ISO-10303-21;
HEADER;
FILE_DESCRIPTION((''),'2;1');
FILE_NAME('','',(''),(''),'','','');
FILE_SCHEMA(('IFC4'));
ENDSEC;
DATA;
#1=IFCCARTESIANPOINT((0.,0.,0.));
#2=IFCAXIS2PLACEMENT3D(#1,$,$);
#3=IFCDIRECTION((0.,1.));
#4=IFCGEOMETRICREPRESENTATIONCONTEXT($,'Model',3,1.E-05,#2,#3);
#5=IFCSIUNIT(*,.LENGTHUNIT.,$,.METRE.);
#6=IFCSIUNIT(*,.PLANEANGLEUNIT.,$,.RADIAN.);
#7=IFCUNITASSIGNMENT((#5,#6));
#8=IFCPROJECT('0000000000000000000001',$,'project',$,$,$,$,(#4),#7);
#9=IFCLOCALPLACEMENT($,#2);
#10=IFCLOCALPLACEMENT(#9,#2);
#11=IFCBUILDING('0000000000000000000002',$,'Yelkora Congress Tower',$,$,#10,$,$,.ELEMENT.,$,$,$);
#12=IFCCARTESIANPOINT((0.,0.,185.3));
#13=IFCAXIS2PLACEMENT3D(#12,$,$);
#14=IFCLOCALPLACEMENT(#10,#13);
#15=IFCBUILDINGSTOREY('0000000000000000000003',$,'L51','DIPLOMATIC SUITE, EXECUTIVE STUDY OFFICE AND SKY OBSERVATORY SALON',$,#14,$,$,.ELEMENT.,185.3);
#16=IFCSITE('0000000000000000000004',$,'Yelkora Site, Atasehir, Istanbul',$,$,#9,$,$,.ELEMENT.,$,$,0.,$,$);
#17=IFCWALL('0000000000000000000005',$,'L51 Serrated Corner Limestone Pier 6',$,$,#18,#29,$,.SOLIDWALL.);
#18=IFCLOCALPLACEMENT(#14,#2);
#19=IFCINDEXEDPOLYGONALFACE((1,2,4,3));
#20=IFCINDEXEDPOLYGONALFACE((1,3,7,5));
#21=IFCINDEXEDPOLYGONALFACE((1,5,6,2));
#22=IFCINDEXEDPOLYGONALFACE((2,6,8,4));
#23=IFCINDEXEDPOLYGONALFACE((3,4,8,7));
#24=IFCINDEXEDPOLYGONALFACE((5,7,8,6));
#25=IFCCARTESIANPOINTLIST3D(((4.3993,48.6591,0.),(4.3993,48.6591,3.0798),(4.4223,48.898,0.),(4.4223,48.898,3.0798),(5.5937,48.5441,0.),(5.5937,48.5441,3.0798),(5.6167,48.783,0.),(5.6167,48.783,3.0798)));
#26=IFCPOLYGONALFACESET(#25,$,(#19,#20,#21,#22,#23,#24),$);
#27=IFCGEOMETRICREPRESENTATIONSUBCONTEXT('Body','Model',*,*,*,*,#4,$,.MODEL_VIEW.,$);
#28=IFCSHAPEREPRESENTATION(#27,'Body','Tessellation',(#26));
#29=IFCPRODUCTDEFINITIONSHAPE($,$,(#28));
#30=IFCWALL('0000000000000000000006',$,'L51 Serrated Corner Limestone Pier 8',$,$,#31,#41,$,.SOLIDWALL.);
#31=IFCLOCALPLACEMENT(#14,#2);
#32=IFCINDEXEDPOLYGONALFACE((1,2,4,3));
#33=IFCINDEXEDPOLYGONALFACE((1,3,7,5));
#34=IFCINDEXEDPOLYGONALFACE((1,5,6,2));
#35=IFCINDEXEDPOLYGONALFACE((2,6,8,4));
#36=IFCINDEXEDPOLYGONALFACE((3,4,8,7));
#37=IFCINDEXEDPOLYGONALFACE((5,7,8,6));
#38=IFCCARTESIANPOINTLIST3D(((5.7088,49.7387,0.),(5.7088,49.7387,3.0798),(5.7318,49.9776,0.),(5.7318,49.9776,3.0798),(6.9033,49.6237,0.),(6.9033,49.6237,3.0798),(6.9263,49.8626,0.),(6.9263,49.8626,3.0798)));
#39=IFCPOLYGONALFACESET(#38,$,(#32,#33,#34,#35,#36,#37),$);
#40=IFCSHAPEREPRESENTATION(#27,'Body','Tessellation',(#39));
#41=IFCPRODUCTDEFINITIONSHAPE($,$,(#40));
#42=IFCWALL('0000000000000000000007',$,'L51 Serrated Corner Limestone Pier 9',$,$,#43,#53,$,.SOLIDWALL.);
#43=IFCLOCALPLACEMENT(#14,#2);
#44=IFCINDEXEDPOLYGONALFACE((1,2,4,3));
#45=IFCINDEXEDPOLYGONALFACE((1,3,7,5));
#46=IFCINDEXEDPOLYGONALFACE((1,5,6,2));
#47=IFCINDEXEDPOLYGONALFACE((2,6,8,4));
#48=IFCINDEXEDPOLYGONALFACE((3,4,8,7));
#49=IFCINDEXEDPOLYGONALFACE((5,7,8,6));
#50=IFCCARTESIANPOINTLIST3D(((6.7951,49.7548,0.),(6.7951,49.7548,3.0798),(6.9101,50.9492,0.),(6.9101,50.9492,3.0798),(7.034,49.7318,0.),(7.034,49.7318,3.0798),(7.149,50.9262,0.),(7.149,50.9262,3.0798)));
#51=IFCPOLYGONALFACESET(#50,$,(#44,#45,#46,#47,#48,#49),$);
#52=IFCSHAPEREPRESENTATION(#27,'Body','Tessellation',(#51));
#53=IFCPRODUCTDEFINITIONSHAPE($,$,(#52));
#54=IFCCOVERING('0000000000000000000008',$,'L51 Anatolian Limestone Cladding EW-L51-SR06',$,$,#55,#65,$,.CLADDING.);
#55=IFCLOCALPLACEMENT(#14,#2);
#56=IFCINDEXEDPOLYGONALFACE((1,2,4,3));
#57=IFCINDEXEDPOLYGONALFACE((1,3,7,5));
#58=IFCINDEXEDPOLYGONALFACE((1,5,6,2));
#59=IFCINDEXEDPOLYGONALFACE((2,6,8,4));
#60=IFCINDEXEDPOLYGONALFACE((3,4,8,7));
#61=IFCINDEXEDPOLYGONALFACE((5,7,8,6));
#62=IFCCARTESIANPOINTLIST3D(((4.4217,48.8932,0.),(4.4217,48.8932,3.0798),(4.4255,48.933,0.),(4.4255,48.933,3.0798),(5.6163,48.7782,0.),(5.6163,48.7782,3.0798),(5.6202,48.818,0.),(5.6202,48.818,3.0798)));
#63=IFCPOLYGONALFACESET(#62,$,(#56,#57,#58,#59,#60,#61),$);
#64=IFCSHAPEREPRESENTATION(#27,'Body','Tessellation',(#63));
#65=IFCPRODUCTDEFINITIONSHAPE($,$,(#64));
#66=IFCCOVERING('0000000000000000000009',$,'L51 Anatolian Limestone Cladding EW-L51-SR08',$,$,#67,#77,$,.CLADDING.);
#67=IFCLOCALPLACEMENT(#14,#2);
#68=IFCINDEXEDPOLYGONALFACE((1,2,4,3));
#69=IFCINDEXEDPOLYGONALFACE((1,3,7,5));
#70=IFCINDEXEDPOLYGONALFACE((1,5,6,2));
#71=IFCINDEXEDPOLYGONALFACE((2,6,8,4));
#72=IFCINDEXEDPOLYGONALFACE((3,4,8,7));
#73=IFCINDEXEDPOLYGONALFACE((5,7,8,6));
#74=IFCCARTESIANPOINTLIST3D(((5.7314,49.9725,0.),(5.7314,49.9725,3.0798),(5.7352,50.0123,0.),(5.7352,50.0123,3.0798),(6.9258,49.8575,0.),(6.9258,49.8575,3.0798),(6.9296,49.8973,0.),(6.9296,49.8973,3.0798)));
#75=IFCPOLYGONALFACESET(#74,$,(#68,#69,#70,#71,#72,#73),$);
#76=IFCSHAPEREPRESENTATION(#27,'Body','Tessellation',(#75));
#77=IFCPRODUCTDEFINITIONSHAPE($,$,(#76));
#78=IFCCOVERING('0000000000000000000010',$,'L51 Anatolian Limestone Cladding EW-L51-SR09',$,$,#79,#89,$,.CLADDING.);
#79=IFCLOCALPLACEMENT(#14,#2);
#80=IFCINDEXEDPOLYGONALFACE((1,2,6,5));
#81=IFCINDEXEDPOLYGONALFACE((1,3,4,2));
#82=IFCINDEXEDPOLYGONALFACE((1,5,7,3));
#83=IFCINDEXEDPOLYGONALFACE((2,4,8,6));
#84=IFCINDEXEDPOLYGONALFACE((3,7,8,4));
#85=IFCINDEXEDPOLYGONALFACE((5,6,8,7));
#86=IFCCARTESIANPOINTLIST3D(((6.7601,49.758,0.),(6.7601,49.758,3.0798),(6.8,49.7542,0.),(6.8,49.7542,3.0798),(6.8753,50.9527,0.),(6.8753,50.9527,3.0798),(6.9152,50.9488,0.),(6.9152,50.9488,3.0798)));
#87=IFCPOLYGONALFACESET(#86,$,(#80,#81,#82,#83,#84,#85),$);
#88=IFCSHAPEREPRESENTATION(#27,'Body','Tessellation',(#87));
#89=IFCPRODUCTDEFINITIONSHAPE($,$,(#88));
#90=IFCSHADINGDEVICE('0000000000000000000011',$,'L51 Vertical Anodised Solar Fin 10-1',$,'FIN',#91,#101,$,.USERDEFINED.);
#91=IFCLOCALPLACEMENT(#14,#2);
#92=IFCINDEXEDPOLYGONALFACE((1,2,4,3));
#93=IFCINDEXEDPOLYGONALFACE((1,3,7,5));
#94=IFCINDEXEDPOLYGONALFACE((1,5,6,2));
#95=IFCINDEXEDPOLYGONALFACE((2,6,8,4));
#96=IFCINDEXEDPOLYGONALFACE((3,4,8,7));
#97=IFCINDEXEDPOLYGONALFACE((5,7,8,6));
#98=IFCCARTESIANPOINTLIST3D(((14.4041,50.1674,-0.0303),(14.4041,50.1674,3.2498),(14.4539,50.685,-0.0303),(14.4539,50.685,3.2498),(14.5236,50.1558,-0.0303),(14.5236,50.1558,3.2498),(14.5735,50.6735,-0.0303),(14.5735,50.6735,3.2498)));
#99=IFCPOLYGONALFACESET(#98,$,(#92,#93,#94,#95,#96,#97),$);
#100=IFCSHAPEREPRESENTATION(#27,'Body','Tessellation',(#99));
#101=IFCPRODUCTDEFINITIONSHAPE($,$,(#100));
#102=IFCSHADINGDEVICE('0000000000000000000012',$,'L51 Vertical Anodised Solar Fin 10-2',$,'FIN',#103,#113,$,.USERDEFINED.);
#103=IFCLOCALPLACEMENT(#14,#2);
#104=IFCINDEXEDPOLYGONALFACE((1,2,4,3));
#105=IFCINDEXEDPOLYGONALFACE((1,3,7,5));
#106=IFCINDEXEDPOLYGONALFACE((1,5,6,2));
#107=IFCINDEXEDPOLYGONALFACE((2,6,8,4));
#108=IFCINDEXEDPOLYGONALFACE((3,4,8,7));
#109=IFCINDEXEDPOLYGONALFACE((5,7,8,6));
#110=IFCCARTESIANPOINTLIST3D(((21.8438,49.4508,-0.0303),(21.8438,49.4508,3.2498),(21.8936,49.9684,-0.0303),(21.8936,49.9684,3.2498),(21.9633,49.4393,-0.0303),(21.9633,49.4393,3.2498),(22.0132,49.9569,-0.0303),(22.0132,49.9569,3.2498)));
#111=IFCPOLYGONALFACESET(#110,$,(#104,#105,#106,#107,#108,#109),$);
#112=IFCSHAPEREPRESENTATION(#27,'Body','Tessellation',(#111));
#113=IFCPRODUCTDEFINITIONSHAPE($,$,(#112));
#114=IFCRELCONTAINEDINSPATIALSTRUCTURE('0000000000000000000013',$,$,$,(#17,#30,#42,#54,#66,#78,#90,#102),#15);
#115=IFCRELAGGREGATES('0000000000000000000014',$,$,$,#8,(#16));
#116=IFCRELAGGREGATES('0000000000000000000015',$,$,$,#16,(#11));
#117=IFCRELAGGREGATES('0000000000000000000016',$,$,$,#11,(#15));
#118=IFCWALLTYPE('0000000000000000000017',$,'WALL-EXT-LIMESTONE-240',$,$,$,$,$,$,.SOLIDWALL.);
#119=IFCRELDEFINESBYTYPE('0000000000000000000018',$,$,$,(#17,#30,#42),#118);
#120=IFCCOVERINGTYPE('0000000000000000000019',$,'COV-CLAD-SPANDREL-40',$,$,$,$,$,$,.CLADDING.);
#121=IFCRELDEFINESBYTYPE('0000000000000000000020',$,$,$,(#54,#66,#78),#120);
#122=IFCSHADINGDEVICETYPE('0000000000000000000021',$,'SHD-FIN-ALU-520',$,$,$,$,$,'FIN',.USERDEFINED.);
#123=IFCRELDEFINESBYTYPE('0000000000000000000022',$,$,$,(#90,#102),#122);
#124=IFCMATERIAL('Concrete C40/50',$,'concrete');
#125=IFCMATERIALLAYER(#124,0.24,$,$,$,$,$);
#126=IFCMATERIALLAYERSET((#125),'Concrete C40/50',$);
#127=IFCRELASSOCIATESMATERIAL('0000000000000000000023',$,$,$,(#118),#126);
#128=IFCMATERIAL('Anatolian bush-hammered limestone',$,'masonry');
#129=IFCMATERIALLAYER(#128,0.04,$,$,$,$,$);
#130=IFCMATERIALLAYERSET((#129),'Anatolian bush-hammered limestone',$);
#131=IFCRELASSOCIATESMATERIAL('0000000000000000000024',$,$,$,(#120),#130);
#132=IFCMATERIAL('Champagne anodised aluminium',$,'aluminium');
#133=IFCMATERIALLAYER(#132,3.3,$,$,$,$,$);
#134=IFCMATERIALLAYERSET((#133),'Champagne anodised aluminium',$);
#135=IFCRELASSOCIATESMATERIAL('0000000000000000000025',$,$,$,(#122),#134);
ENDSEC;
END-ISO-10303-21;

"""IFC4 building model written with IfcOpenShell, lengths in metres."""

from ifc_helpers import new_model, si_unit, direction, frame, frame_2d, origin, origin_2d, place, context, subcontext, project, spatial, rectangle, extrude, material, layer, layer_set, type_object, element, save


model = new_model("IFC4")

# Units and contexts
model_context = context("Model", 3, precision=1e-05, world=origin(), true_north=direction((0.0, 1.0)))
body_context = subcontext(model_context, "Body", "Model", "MODEL_VIEW")
ifc_project = project(units=[si_unit("LENGTHUNIT", "METRE"), si_unit("PLANEANGLEUNIT", "RADIAN")], contexts=[model_context])

# Site, building, storey
site_placement = place(None, origin())
site = spatial("IfcSite", under=ifc_project, at=site_placement, Name="Yelkora Site, Atasehir, Istanbul", CompositionType="ELEMENT", RefElevation=0.0)
building_placement = place(site_placement, origin())
building = spatial("IfcBuilding", under=site, at=building_placement, Name="Yelkora Congress Tower", CompositionType="ELEMENT")
storey_placement = place(building_placement, frame((0.0, 0.0, 185.3)))
storey = spatial("IfcBuildingStorey", under=building, at=storey_placement, Name="L51", Description="DIPLOMATIC SUITE, EXECUTIVE STUDY OFFICE AND SKY OBSERVATORY SALON", CompositionType="ELEMENT", Elevation=185.3)

# Walls
ifc_material_1 = material(Name="Concrete C40/50", Category="concrete")
ifc_layer_1 = layer(ifc_material_1, 0.24)
ifc_layer_set_1 = layer_set([ifc_layer_1], Name="Concrete C40/50")
wall_type = type_object("IfcWallType", Name="WALL-EXT-LIMESTONE-240", PredefinedType="SOLIDWALL", material=ifc_layer_set_1)
for number, where, z_axis, x_axis, name in (
    (1, (4.4106, 48.7786, 0.0), (0.0, 0.0, 1.0), (0.995397, -0.095836, 0.0), "L51 Serrated Corner Limestone Pier 6"),
    (2, (5.7202, 49.8582, 0.0), (0.0, 0.0, 1.0), (0.995397, -0.095836, 0.0), "L51 Serrated Corner Limestone Pier 8"),
    (3, (6.9146, 49.7432, 0.0), (0.0, 0.0, 1.0), (0.095836, 0.995397, 0.0), "L51 Serrated Corner Limestone Pier 9"),
):
    element("IfcWall", number, at=place(storey_placement, frame(where, z_axis=z_axis, x_axis=x_axis)), inside=storey, type_object=wall_type, Name=name, PredefinedType="SOLIDWALL", context=body_context, shape_type="SweptSolid", body=[
        extrude(rectangle(XDim=1.2, YDim=0.24, at=frame_2d((0.6001, 0.0))), origin(), (0.0, 0.0, 1.0), 3.0798),
    ])

# Coverings
ifc_material_2 = material(Name="Anatolian bush-hammered limestone", Category="masonry")
ifc_layer_2 = layer(ifc_material_2, 0.04)
ifc_layer_set_2 = layer_set([ifc_layer_2], Name="Anatolian bush-hammered limestone")
covering_type = type_object("IfcCoveringType", Name="COV-CLAD-SPANDREL-40", PredefinedType="CLADDING", material=ifc_layer_set_2)
covering_1_placement = place(storey_placement, frame((4.4236, 48.9131, 0.0), z_axis=(0.0, 0.0, 1.0), x_axis=(0.995399, -0.095817, 0.0)))
element("IfcCovering", 4, at=covering_1_placement, inside=storey, type_object=covering_type, Name="L51 Anatolian Limestone Cladding EW-L51-SR06", PredefinedType="CLADDING", context=body_context, shape_type="SweptSolid", body=[
    extrude(rectangle(XDim=1.2002, YDim=0.04, at=frame_2d((0.6001, 0.0))), origin(), (0.0, 0.0, 1.0), 3.0798),
])
covering_2_placement = place(storey_placement, frame((5.7332, 49.9924, 0.0), z_axis=(0.0, 0.0, 1.0), x_axis=(0.995397, -0.095836, 0.0)))
element("IfcCovering", 5, at=covering_2_placement, inside=storey, type_object=covering_type, Name="L51 Anatolian Limestone Cladding EW-L51-SR08", PredefinedType="CLADDING", context=body_context, shape_type="SweptSolid", body=[
    extrude(rectangle(XDim=1.2, YDim=0.04, at=frame_2d((0.6001, 0.0))), origin(), (0.0, 0.0, 1.0), 3.0798),
])
covering_3_placement = place(storey_placement, frame((6.78, 49.7561, 0.0), z_axis=(0.0, 0.0, 1.0), x_axis=(0.096019, 0.99538, 0.0)))
element("IfcCovering", 6, at=covering_3_placement, inside=storey, type_object=covering_type, Name="L51 Anatolian Limestone Cladding EW-L51-SR09", PredefinedType="CLADDING", context=body_context, shape_type="SweptSolid", body=[
    extrude(rectangle(XDim=1.2002, YDim=0.04, at=frame_2d((0.6001, 0.0))), origin(), (0.0, 0.0, 1.0), 3.0798),
])

# Shading devices
ifc_material_3 = material(Name="Champagne anodised aluminium", Category="aluminium")
ifc_layer_3 = layer(ifc_material_3, 3.3)
ifc_layer_set_3 = layer_set([ifc_layer_3], Name="Champagne anodised aluminium")
shading_device_type = type_object("IfcShadingDeviceType", Name="SHD-FIN-ALU-520", ElementType="FIN", PredefinedType="USERDEFINED", material=ifc_layer_set_3)
for number, where, z_axis, x_axis, name in (
    (7, (14.4888, 50.4204, -0.0303), (0.0, 0.0, 1.0), (0.995396, -0.095846, 0.0), "L51 Vertical Anodised Solar Fin 10-1"),
    (8, (21.9285, 49.7039, -0.0303), (0.0, 0.0, 1.0), (0.995396, -0.095846, 0.0), "L51 Vertical Anodised Solar Fin 10-2"),
):
    element("IfcShadingDevice", number, at=place(storey_placement, frame(where, z_axis=z_axis, x_axis=x_axis)), inside=storey, type_object=shading_device_type, Name=name, ObjectType="FIN", PredefinedType="USERDEFINED", context=body_context, shape_type="SweptSolid", body=[
        extrude(rectangle(XDim=0.1201, YDim=0.52, at=origin_2d()), origin(), (0.0, 0.0, 1.0), 3.28),
    ])

save(model, "model.ifc")
